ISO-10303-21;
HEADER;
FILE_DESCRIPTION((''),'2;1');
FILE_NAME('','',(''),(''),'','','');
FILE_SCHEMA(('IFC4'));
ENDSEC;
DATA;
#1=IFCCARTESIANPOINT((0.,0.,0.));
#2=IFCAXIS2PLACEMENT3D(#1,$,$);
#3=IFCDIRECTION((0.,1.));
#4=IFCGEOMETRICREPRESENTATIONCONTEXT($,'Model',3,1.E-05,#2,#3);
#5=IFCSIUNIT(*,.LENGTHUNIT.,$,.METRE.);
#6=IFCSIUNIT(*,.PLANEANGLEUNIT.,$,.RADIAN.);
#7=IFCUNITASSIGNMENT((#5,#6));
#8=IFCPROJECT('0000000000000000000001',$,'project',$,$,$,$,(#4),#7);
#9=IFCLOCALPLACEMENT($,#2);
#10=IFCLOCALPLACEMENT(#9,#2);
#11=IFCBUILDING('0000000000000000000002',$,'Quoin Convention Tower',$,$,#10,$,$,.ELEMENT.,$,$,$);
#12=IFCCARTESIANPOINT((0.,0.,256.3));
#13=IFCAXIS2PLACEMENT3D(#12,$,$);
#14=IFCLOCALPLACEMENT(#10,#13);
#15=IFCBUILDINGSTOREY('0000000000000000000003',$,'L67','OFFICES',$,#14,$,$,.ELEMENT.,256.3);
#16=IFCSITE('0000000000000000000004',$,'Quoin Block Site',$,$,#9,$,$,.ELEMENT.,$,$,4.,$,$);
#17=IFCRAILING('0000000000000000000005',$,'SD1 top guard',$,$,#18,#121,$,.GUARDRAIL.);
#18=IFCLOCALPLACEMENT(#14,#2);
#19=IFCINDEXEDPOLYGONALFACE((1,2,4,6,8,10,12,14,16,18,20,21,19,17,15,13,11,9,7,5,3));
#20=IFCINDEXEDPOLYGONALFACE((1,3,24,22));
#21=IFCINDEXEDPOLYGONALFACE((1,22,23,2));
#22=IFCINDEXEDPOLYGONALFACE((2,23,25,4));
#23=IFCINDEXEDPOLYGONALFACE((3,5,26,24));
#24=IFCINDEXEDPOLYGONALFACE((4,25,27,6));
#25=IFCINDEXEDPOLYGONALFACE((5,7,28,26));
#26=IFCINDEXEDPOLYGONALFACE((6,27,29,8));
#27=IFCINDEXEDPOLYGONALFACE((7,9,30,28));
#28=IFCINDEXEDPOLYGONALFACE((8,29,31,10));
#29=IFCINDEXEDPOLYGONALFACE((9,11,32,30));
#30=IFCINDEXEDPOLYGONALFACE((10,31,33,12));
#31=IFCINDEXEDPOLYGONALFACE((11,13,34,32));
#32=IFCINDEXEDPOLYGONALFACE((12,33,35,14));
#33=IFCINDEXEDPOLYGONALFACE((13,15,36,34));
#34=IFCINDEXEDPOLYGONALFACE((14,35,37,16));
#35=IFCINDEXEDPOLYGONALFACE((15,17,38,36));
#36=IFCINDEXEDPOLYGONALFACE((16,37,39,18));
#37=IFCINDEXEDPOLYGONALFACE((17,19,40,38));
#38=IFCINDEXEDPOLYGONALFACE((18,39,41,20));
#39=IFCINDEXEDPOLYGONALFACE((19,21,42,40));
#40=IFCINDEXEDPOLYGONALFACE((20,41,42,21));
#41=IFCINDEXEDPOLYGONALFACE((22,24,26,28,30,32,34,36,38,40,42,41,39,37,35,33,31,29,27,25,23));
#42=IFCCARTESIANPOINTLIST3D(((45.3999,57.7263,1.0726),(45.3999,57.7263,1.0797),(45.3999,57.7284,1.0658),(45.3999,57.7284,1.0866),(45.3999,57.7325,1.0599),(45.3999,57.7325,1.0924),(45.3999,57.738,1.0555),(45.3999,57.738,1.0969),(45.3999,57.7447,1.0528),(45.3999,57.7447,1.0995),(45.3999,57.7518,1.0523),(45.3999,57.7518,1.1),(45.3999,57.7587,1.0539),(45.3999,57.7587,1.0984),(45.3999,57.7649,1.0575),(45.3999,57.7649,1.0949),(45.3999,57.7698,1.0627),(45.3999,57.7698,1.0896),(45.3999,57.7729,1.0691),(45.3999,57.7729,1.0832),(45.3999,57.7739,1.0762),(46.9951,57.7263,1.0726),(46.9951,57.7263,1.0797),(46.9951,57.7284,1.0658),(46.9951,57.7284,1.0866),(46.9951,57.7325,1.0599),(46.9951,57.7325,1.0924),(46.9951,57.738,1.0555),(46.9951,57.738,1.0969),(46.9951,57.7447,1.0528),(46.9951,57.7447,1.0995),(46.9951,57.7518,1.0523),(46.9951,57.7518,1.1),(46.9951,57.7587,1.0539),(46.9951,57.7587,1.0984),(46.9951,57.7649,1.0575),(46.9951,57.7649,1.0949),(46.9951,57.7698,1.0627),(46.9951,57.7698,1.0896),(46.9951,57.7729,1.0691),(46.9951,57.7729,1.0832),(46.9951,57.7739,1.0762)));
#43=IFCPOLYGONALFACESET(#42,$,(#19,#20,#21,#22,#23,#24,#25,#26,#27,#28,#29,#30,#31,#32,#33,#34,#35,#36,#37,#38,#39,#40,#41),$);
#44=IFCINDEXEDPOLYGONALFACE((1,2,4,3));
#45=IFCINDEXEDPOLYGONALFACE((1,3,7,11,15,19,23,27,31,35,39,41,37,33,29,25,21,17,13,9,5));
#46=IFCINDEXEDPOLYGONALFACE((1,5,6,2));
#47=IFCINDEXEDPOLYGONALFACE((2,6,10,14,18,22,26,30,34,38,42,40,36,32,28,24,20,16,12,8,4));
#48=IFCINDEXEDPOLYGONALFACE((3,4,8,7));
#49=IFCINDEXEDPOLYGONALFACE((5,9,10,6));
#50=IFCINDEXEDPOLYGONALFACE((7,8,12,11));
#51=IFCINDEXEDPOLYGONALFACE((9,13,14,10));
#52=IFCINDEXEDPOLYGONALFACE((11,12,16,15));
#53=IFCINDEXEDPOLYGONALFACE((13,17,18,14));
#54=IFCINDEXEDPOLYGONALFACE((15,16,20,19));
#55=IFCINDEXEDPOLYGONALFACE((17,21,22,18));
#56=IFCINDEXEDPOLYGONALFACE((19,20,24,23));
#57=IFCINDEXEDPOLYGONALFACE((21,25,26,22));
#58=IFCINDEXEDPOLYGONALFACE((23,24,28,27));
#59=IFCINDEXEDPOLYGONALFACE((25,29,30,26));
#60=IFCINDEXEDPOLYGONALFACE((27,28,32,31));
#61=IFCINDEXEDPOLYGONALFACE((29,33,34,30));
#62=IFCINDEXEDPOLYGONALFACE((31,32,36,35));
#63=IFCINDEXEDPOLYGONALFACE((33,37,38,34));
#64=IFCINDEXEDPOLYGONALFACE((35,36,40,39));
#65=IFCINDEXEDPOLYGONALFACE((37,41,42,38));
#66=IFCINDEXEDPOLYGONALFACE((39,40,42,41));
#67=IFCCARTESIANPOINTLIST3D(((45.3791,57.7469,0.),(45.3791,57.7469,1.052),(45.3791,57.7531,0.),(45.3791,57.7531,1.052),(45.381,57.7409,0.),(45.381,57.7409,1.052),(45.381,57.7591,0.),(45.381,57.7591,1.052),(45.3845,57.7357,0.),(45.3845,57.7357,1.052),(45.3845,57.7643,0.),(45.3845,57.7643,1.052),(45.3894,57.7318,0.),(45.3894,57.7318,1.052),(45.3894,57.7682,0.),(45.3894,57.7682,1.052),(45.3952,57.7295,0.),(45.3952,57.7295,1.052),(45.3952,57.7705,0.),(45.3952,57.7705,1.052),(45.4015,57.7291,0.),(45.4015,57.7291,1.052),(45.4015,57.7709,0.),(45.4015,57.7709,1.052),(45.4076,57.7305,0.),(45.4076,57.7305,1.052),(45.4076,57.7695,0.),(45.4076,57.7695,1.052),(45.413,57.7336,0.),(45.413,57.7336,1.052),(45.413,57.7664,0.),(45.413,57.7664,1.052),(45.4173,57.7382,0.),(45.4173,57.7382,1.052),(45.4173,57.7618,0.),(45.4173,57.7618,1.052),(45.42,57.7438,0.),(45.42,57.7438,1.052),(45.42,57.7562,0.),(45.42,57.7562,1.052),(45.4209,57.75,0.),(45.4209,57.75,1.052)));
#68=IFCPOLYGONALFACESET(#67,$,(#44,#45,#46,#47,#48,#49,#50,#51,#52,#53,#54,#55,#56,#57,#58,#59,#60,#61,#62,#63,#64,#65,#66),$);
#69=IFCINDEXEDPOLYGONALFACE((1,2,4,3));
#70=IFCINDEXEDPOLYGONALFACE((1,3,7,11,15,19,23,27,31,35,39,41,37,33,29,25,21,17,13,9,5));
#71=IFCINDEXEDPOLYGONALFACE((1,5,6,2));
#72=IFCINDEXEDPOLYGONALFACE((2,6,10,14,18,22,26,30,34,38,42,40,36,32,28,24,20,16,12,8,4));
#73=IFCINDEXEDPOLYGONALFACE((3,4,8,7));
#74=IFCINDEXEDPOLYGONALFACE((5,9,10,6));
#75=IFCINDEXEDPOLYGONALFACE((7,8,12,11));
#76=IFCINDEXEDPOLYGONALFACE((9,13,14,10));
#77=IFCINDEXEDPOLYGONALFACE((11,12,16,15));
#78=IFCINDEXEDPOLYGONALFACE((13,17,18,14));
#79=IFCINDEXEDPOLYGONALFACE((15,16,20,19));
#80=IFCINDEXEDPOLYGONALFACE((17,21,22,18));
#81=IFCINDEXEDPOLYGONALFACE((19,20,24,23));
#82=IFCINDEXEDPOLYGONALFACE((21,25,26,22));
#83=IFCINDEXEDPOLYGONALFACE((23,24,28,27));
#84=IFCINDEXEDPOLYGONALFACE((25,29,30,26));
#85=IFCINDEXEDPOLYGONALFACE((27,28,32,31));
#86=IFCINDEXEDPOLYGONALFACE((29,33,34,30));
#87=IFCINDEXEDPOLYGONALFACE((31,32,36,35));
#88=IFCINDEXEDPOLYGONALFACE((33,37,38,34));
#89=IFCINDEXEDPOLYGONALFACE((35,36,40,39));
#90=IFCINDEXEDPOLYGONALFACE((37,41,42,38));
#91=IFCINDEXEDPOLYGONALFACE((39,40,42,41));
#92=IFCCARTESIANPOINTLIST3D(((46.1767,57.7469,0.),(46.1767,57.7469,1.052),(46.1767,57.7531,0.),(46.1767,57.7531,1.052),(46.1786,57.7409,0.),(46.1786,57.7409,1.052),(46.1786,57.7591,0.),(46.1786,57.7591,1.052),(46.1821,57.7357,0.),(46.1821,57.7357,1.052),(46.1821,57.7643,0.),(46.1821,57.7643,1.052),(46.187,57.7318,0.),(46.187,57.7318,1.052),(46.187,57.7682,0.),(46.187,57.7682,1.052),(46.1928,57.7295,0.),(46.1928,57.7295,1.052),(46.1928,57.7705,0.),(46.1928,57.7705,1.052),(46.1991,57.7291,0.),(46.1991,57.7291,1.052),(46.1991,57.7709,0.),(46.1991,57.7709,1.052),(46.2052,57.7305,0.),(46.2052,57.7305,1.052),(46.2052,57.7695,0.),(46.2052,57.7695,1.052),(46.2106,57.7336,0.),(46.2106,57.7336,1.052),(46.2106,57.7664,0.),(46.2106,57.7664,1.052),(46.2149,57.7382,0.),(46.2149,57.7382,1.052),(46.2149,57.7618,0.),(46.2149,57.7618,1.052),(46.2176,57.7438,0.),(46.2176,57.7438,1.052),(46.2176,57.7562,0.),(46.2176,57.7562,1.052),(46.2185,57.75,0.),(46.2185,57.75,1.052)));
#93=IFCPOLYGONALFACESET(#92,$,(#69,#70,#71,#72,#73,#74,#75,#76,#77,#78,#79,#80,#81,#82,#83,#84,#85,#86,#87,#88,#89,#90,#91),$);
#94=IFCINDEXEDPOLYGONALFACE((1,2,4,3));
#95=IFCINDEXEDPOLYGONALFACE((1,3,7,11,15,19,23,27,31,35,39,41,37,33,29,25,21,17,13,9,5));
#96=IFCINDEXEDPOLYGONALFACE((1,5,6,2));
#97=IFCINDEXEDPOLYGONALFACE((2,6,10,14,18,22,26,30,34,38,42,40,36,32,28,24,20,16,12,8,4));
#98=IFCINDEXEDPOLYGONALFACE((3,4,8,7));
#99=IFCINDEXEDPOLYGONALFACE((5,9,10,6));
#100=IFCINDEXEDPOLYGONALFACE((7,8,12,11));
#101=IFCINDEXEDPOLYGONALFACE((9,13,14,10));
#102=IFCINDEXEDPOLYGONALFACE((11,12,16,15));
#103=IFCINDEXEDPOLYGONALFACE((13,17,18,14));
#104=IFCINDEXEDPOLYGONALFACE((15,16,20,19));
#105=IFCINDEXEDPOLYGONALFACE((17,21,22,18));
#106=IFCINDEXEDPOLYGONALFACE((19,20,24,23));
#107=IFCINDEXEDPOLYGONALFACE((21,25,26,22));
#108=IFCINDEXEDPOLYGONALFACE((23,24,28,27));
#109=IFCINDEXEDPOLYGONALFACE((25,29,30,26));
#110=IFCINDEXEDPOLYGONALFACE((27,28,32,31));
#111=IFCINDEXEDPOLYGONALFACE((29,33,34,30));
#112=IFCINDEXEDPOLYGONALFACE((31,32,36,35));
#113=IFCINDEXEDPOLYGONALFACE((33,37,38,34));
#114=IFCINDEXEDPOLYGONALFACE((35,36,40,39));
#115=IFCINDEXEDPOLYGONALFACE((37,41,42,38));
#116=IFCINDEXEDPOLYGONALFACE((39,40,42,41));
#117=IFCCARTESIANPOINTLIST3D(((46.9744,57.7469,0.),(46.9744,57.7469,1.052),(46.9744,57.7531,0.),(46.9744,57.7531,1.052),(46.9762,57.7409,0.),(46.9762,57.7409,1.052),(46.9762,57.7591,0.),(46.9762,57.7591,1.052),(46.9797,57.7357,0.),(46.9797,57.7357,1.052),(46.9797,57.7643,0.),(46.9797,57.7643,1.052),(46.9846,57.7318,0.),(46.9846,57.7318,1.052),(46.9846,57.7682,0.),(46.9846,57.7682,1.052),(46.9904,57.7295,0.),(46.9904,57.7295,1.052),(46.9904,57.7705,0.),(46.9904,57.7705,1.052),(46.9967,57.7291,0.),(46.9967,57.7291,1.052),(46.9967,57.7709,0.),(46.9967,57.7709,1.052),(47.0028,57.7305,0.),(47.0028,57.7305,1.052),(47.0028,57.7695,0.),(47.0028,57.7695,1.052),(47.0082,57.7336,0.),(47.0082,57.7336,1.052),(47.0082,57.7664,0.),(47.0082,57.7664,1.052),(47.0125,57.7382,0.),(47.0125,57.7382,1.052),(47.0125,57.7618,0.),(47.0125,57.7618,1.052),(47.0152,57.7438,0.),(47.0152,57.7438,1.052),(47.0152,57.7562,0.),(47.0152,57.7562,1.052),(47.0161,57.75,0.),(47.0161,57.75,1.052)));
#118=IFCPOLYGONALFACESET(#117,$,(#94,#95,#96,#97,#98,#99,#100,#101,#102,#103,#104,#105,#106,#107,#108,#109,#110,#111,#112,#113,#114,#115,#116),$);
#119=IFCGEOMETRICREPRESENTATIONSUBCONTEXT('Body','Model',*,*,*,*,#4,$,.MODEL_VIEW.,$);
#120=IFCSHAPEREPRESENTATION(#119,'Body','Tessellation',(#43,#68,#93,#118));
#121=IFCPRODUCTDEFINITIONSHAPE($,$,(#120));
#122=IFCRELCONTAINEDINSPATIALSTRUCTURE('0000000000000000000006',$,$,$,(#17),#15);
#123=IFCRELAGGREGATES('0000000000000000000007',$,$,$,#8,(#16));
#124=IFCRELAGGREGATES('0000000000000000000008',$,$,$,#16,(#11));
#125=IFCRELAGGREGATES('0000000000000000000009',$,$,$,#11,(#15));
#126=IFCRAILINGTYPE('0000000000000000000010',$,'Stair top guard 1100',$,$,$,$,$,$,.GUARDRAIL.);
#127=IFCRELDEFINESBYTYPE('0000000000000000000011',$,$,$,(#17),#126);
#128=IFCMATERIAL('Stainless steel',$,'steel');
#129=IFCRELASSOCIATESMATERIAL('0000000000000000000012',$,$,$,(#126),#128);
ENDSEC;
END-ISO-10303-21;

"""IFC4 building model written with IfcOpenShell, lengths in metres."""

from ifc_helpers import new_model, si_unit, direction, frame, origin, origin_2d, place, context, subcontext, project, spatial, circle, extrude, material, type_object, element, save


model = new_model("IFC4")

# Units and contexts
model_context = context("Model", 3, precision=1e-05, world=origin(), true_north=direction((0.0, 1.0)))
body_context = subcontext(model_context, "Body", "Model", "MODEL_VIEW")
ifc_project = project(units=[si_unit("LENGTHUNIT", "METRE"), si_unit("PLANEANGLEUNIT", "RADIAN")], contexts=[model_context])

# Site, building, storey
site_placement = place(None, origin())
site = spatial("IfcSite", under=ifc_project, at=site_placement, Name="Quoin Block Site", CompositionType="ELEMENT", RefElevation=4.0)
building_placement = place(site_placement, origin())
building = spatial("IfcBuilding", under=site, at=building_placement, Name="Quoin Convention Tower", CompositionType="ELEMENT")
storey_placement = place(building_placement, frame((0.0, 0.0, 256.3)))
storey = spatial("IfcBuildingStorey", under=building, at=storey_placement, Name="L67", Description="OFFICES", CompositionType="ELEMENT", Elevation=256.3)

# Railing
ifc_material_1 = material(Name="Stainless steel", Category="steel")
railing_type_1 = type_object("IfcRailingType", Name="Stair top guard 1100", PredefinedType="GUARDRAIL", material=ifc_material_1)
railing_1_placement = place(storey_placement, frame((45.3999, 57.75, 0.0)))
element("IfcRailing", 1, at=railing_1_placement, inside=storey, type_object=railing_type_1, Name="SD1 top guard", PredefinedType="GUARDRAIL", context=body_context, shape_type="SweptSolid", body=[
    extrude(circle(Radius=0.0239, at=origin_2d()), frame((0.0, 0.0, 1.0762), z_axis=(1.0, 0.0, 0.0), x_axis=(0.0, 1.0, 0.0)), (0.0, 0.0, 1.0), 1.5952),
    extrude(circle(Radius=0.021, at=origin_2d()), origin(), (0.0, 0.0, 1.0), 1.052),
    extrude(circle(Radius=0.021, at=origin_2d()), frame((0.7976, 0.0, 0.0)), (0.0, 0.0, 1.0), 1.052),
    extrude(circle(Radius=0.021, at=origin_2d()), frame((1.5952, 0.0, 0.0)), (0.0, 0.0, 1.0), 1.052),
])

save(model, "model.ifc")
